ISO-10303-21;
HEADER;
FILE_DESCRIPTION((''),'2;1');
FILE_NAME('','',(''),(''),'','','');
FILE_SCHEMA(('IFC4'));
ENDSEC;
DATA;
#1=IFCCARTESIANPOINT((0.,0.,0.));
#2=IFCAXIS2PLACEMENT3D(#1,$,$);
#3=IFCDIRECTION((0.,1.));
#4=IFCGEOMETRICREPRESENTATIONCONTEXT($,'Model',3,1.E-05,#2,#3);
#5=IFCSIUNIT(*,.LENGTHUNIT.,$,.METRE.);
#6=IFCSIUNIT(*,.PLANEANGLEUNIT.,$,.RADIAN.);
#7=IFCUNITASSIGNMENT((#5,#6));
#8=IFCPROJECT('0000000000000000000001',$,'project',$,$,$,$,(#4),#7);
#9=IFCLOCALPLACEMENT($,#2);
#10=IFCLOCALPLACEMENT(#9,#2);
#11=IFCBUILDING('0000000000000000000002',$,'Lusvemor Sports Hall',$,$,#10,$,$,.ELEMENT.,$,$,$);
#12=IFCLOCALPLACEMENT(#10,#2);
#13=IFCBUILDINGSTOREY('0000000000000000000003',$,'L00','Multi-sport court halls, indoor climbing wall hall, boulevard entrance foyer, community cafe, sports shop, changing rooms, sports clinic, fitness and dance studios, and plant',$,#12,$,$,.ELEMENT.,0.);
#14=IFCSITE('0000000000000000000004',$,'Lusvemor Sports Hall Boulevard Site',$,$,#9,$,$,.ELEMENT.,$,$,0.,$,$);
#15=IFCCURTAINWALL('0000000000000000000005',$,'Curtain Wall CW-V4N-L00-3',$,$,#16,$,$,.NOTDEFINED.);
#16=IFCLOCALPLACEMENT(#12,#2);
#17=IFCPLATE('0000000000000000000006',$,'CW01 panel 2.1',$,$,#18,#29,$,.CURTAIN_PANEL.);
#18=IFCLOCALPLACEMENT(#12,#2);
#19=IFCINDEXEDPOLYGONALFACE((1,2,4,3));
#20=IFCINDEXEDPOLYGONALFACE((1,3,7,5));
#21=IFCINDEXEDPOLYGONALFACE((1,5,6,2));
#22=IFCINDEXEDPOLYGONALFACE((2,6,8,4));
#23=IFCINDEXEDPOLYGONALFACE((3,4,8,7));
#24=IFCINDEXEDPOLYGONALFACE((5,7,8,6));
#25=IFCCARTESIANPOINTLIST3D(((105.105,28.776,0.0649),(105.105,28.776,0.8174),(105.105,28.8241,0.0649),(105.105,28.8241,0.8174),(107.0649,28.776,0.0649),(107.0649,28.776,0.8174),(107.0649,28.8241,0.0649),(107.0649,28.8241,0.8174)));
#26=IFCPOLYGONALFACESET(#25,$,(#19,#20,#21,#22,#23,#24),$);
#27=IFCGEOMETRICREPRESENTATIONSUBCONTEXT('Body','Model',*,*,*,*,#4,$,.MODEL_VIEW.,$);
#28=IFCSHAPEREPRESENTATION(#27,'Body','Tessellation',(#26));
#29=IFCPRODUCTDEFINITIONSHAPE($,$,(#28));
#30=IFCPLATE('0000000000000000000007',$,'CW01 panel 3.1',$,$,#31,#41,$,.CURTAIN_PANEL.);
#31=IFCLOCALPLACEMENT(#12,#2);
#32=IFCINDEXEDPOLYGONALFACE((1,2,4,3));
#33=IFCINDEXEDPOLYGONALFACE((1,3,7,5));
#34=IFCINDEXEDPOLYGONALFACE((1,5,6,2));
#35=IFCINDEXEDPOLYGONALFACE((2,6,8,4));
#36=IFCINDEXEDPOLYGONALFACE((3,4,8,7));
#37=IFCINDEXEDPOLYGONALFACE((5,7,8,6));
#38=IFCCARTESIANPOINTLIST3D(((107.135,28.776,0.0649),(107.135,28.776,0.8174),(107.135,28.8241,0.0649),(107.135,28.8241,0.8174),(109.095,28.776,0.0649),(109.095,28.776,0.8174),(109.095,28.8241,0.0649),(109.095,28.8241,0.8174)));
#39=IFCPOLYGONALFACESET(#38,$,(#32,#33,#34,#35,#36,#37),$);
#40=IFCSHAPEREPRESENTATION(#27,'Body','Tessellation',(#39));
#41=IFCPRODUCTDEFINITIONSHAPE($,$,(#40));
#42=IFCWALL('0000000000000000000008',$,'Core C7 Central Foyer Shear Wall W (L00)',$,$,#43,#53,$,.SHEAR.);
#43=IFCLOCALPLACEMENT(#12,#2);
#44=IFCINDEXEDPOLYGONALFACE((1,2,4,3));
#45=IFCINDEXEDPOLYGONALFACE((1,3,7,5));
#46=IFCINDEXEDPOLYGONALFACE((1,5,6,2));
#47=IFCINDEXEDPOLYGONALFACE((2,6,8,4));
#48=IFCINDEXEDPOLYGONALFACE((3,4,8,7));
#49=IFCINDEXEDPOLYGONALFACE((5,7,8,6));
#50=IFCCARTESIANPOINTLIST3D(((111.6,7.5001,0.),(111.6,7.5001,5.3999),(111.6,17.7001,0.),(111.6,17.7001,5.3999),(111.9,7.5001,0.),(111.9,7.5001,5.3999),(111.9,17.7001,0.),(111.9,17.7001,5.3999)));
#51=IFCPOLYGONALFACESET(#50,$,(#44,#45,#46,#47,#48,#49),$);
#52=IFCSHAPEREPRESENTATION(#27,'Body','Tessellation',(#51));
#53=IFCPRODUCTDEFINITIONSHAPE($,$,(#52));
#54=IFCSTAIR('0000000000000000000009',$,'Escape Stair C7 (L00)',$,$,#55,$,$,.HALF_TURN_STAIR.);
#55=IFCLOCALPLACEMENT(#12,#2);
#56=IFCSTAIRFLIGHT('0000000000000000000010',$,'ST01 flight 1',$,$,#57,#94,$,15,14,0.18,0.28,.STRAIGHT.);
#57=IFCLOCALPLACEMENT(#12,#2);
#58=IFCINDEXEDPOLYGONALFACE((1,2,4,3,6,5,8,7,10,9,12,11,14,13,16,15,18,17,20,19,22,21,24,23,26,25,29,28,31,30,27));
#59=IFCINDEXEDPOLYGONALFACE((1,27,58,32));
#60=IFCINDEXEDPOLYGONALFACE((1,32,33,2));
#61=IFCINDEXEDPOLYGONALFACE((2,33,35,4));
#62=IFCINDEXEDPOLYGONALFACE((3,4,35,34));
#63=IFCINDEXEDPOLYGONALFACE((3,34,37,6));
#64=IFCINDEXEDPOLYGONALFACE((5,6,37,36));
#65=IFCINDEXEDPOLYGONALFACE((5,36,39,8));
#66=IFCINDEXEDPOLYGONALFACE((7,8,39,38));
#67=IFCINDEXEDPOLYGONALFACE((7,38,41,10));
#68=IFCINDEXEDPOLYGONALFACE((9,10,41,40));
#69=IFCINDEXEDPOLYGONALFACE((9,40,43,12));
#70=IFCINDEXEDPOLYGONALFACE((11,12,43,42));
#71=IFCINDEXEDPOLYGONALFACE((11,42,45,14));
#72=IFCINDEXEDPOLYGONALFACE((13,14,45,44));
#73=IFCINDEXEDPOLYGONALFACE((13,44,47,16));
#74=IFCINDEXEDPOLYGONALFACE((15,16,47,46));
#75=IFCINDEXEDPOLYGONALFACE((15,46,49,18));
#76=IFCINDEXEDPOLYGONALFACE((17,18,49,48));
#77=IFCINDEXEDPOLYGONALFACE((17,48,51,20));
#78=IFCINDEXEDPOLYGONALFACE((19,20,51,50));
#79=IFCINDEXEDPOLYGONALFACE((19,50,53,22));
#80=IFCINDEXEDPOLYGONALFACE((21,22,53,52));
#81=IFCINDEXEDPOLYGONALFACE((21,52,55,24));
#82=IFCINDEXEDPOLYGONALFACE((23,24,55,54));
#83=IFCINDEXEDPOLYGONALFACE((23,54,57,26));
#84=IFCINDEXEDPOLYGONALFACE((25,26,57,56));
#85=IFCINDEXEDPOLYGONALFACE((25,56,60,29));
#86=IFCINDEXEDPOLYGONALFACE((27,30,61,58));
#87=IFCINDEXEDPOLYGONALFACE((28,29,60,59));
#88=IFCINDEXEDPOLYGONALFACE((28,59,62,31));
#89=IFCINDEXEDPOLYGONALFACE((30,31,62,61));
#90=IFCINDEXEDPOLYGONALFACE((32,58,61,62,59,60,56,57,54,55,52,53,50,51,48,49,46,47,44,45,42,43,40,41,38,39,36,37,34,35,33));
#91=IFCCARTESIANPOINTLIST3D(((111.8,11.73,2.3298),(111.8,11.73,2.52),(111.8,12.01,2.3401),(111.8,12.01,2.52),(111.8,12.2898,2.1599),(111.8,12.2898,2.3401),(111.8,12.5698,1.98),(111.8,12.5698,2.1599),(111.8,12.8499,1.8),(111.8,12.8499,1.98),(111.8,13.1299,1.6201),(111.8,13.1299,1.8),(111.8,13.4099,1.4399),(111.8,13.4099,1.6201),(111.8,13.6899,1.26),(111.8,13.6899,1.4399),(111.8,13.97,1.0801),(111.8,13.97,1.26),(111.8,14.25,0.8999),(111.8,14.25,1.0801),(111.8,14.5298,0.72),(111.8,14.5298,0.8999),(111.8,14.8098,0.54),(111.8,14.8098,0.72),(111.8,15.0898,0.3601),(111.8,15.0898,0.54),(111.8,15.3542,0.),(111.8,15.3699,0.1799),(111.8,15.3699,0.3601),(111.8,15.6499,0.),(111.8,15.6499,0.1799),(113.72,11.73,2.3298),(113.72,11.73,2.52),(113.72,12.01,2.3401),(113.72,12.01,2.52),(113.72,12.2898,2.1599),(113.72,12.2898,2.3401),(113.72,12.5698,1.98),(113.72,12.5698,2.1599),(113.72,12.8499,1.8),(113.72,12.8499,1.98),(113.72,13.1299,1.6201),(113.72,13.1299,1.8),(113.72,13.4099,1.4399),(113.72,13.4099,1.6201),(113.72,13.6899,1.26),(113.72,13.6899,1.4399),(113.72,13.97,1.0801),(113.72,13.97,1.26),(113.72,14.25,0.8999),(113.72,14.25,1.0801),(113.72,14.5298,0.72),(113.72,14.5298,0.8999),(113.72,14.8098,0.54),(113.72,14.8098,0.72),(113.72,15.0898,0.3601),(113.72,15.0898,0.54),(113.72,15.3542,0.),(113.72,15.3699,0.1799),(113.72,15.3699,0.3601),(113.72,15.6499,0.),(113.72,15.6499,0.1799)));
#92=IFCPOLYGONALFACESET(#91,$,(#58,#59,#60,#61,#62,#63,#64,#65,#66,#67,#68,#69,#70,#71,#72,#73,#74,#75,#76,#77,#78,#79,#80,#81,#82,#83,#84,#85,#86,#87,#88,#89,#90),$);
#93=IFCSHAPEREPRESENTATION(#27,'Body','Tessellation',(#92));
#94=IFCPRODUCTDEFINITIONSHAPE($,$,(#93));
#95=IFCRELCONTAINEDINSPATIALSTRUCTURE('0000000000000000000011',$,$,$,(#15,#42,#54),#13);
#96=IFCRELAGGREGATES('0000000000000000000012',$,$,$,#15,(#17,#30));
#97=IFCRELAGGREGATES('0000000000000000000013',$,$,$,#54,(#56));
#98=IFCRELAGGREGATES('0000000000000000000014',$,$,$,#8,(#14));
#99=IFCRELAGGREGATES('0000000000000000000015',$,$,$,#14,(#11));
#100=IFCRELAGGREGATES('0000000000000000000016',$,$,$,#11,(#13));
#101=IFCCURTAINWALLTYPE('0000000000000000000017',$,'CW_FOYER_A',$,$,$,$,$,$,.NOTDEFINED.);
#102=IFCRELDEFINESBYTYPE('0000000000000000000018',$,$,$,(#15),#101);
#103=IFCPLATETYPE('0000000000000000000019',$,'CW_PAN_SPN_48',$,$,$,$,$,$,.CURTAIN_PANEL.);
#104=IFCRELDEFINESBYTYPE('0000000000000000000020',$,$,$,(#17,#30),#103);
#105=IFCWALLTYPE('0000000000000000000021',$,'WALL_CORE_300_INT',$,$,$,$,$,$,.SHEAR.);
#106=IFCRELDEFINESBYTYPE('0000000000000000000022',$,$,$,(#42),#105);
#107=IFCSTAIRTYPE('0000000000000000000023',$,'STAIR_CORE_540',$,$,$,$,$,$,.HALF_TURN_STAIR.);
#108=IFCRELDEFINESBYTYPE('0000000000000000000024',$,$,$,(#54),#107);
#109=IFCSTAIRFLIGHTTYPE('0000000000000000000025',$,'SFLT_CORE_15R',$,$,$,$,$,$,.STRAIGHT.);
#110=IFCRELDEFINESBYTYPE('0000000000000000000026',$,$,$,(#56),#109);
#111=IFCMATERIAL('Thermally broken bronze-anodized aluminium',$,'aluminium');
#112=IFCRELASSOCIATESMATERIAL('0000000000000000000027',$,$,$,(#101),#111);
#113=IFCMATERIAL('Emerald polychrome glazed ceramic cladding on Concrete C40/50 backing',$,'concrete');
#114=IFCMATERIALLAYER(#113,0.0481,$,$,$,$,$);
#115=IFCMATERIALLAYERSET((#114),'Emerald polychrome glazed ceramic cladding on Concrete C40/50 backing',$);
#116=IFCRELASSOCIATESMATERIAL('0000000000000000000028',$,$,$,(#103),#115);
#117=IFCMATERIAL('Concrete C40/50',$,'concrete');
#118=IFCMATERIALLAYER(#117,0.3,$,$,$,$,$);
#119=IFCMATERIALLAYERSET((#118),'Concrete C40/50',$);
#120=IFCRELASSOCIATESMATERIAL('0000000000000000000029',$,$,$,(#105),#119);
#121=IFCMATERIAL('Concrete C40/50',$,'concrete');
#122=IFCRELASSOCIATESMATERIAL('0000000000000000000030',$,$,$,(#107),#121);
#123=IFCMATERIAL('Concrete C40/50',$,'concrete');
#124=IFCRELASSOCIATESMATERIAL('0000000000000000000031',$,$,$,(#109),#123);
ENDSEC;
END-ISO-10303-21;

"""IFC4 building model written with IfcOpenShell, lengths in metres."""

from ifc_helpers import new_model, si_unit, direction, frame, frame_2d, origin, origin_2d, place, context, subcontext, project, spatial, polyline, rectangle, outline, extrude, material, layer, layer_set, type_object, element, aggregate, save


model = new_model("IFC4")

# Units and contexts
model_context = context("Model", 3, precision=1e-05, world=origin(), true_north=direction((0.0, 1.0)))
body_context = subcontext(model_context, "Body", "Model", "MODEL_VIEW")
ifc_project = project(units=[si_unit("LENGTHUNIT", "METRE"), si_unit("PLANEANGLEUNIT", "RADIAN")], contexts=[model_context])

# Site, building, storey
site_placement = place(None, origin())
site = spatial("IfcSite", under=ifc_project, at=site_placement, Name="Lusvemor Sports Hall Boulevard Site", CompositionType="ELEMENT", RefElevation=0.0)
building_placement = place(site_placement, origin())
building = spatial("IfcBuilding", under=site, at=building_placement, Name="Lusvemor Sports Hall", CompositionType="ELEMENT")
storey_placement = place(building_placement, origin())
storey = spatial("IfcBuildingStorey", under=building, at=storey_placement, Name="L00", Description="Multi-sport court halls, indoor climbing wall hall, boulevard entrance foyer, community cafe, sports shop, changing rooms, sports clinic, fitness and dance studios, and plant", CompositionType="ELEMENT", Elevation=0.0)

# Curtain wall, plates
ifc_material_1 = material(Name="Thermally broken bronze-anodized aluminium", Category="aluminium")
curtain_wall_type = type_object("IfcCurtainWallType", Name="CW_FOYER_A", PredefinedType="NOTDEFINED", material=ifc_material_1)
curtain_wall_placement = place(storey_placement, origin())
curtain_wall = element("IfcCurtainWall", 1, at=curtain_wall_placement, inside=storey, type_object=curtain_wall_type, Name="Curtain Wall CW-V4N-L00-3", PredefinedType="NOTDEFINED")
ifc_material_2 = material(Name="Emerald polychrome glazed ceramic cladding on Concrete C40/50 backing", Category="concrete")
ifc_layer_1 = layer(ifc_material_2, 0.0481)
ifc_layer_set_1 = layer_set([ifc_layer_1], Name="Emerald polychrome glazed ceramic cladding on Concrete C40/50 backing")
plate_type_1 = type_object("IfcPlateType", Name="CW_PAN_SPN_48", PredefinedType="CURTAIN_PANEL", material=ifc_layer_set_1)
plate_1_placement = place(storey_placement, frame((106.085, 28.8, 0.0649), z_axis=(0.0, 0.0, 1.0), x_axis=(1.0, 0.0, 0.0)))
plate_1 = element("IfcPlate", 2, at=plate_1_placement, type_object=plate_type_1, Name="CW01 panel 2.1", PredefinedType="CURTAIN_PANEL", context=body_context, shape_type="SweptSolid", body=[
    extrude(rectangle(XDim=1.96, YDim=0.0481, at=origin_2d()), origin(), (0.0, 0.0, 1.0), 0.7524),
])
plate_2_placement = place(storey_placement, frame((108.115, 28.8, 0.0649), z_axis=(0.0, 0.0, 1.0), x_axis=(1.0, 0.0, 0.0)))
plate_2 = element("IfcPlate", 3, at=plate_2_placement, type_object=plate_type_1, Name="CW01 panel 3.1", PredefinedType="CURTAIN_PANEL", context=body_context, shape_type="SweptSolid", body=[
    extrude(rectangle(XDim=1.96, YDim=0.0481, at=origin_2d()), origin(), (0.0, 0.0, 1.0), 0.7524),
])
aggregate(curtain_wall, [plate_1, plate_2])

# Shared definitions
ifc_material_3 = material(Name="Concrete C40/50", Category="concrete")
ifc_layer_2 = layer(ifc_material_3, 0.3)
ifc_layer_set_2 = layer_set([ifc_layer_2], Name="Concrete C40/50")
wall_type = type_object("IfcWallType", Name="WALL_CORE_300_INT", PredefinedType="SHEAR", material=ifc_layer_set_2)

# Wall
wall_1_placement = place(storey_placement, frame((111.75, 7.5, 0.0), z_axis=(0.0, 0.0, 1.0), x_axis=(0.0, 1.0, 0.0)))
element("IfcWall", 4, at=wall_1_placement, inside=storey, type_object=wall_type, Name="Core C7 Central Foyer Shear Wall W (L00)", PredefinedType="SHEAR", context=body_context, shape_type="SweptSolid", body=[
    extrude(rectangle(XDim=10.2, YDim=0.3, at=frame_2d((5.1001, 0.0))), origin(), (0.0, 0.0, 1.0), 5.3999),
])

# Stair, stair flight
ifc_material_4 = material(Name="Concrete C40/50", Category="concrete")
stair_type = type_object("IfcStairType", Name="STAIR_CORE_540", PredefinedType="HALF_TURN_STAIR", material=ifc_material_4)
stair_placement = place(storey_placement, origin())
stair = element("IfcStair", 5, at=stair_placement, inside=storey, type_object=stair_type, Name="Escape Stair C7 (L00)", PredefinedType="HALF_TURN_STAIR")
ifc_material_5 = material(Name="Concrete C40/50", Category="concrete")
stair_flight_type = type_object("IfcStairFlightType", Name="SFLT_CORE_15R", PredefinedType="STRAIGHT", material=ifc_material_5)
stair_flight_placement = place(storey_placement, frame((112.76, 15.6499, 0.0), z_axis=(0.0, 0.0, 1.0), x_axis=(0.0, -1.0, 0.0)))
stair_flight = element("IfcStairFlight", 6, at=stair_flight_placement, type_object=stair_flight_type, Name="ST01 flight 1", NumberOfRisers=15, NumberOfTreads=14, PredefinedType="STRAIGHT", RiserHeight=0.18, TreadLength=0.28, context=body_context, shape_type="SweptSolid", body=[
    extrude(outline(polyline([(0.0, 0.0), (0.0, 0.1799), (0.28, 0.1799), (0.28, 0.3601), (0.5601, 0.3601), (0.5601, 0.54), (0.8401, 0.54), (0.8401, 0.72), (1.1201, 0.72), (1.1201, 0.8999), (1.3999, 0.8999), (1.3999, 1.0801), (1.6799, 1.0801), (1.6799, 1.26), (1.96, 1.26), (1.96, 1.4399), (2.24, 1.4399), (2.24, 1.6201), (2.52, 1.6201), (2.52, 1.8), (2.8, 1.8), (2.8, 1.98), (3.0801, 1.98), (3.0801, 2.1599), (3.3601, 2.1599), (3.3601, 2.3401), (3.6399, 2.3401), (3.6399, 2.52), (3.9199, 2.52), (3.9199, 2.7), (3.9199, 2.3298), (0.2957, 0.0), (0.0, 0.0)])), frame((0.0, 0.96, 0.0), z_axis=(0.0, -1.0, 0.0), x_axis=(1.0, 0.0, 0.0)), (0.0, 0.0, 1.0), 1.9199),
])
aggregate(stair, [stair_flight])

save(model, "model.ifc")
